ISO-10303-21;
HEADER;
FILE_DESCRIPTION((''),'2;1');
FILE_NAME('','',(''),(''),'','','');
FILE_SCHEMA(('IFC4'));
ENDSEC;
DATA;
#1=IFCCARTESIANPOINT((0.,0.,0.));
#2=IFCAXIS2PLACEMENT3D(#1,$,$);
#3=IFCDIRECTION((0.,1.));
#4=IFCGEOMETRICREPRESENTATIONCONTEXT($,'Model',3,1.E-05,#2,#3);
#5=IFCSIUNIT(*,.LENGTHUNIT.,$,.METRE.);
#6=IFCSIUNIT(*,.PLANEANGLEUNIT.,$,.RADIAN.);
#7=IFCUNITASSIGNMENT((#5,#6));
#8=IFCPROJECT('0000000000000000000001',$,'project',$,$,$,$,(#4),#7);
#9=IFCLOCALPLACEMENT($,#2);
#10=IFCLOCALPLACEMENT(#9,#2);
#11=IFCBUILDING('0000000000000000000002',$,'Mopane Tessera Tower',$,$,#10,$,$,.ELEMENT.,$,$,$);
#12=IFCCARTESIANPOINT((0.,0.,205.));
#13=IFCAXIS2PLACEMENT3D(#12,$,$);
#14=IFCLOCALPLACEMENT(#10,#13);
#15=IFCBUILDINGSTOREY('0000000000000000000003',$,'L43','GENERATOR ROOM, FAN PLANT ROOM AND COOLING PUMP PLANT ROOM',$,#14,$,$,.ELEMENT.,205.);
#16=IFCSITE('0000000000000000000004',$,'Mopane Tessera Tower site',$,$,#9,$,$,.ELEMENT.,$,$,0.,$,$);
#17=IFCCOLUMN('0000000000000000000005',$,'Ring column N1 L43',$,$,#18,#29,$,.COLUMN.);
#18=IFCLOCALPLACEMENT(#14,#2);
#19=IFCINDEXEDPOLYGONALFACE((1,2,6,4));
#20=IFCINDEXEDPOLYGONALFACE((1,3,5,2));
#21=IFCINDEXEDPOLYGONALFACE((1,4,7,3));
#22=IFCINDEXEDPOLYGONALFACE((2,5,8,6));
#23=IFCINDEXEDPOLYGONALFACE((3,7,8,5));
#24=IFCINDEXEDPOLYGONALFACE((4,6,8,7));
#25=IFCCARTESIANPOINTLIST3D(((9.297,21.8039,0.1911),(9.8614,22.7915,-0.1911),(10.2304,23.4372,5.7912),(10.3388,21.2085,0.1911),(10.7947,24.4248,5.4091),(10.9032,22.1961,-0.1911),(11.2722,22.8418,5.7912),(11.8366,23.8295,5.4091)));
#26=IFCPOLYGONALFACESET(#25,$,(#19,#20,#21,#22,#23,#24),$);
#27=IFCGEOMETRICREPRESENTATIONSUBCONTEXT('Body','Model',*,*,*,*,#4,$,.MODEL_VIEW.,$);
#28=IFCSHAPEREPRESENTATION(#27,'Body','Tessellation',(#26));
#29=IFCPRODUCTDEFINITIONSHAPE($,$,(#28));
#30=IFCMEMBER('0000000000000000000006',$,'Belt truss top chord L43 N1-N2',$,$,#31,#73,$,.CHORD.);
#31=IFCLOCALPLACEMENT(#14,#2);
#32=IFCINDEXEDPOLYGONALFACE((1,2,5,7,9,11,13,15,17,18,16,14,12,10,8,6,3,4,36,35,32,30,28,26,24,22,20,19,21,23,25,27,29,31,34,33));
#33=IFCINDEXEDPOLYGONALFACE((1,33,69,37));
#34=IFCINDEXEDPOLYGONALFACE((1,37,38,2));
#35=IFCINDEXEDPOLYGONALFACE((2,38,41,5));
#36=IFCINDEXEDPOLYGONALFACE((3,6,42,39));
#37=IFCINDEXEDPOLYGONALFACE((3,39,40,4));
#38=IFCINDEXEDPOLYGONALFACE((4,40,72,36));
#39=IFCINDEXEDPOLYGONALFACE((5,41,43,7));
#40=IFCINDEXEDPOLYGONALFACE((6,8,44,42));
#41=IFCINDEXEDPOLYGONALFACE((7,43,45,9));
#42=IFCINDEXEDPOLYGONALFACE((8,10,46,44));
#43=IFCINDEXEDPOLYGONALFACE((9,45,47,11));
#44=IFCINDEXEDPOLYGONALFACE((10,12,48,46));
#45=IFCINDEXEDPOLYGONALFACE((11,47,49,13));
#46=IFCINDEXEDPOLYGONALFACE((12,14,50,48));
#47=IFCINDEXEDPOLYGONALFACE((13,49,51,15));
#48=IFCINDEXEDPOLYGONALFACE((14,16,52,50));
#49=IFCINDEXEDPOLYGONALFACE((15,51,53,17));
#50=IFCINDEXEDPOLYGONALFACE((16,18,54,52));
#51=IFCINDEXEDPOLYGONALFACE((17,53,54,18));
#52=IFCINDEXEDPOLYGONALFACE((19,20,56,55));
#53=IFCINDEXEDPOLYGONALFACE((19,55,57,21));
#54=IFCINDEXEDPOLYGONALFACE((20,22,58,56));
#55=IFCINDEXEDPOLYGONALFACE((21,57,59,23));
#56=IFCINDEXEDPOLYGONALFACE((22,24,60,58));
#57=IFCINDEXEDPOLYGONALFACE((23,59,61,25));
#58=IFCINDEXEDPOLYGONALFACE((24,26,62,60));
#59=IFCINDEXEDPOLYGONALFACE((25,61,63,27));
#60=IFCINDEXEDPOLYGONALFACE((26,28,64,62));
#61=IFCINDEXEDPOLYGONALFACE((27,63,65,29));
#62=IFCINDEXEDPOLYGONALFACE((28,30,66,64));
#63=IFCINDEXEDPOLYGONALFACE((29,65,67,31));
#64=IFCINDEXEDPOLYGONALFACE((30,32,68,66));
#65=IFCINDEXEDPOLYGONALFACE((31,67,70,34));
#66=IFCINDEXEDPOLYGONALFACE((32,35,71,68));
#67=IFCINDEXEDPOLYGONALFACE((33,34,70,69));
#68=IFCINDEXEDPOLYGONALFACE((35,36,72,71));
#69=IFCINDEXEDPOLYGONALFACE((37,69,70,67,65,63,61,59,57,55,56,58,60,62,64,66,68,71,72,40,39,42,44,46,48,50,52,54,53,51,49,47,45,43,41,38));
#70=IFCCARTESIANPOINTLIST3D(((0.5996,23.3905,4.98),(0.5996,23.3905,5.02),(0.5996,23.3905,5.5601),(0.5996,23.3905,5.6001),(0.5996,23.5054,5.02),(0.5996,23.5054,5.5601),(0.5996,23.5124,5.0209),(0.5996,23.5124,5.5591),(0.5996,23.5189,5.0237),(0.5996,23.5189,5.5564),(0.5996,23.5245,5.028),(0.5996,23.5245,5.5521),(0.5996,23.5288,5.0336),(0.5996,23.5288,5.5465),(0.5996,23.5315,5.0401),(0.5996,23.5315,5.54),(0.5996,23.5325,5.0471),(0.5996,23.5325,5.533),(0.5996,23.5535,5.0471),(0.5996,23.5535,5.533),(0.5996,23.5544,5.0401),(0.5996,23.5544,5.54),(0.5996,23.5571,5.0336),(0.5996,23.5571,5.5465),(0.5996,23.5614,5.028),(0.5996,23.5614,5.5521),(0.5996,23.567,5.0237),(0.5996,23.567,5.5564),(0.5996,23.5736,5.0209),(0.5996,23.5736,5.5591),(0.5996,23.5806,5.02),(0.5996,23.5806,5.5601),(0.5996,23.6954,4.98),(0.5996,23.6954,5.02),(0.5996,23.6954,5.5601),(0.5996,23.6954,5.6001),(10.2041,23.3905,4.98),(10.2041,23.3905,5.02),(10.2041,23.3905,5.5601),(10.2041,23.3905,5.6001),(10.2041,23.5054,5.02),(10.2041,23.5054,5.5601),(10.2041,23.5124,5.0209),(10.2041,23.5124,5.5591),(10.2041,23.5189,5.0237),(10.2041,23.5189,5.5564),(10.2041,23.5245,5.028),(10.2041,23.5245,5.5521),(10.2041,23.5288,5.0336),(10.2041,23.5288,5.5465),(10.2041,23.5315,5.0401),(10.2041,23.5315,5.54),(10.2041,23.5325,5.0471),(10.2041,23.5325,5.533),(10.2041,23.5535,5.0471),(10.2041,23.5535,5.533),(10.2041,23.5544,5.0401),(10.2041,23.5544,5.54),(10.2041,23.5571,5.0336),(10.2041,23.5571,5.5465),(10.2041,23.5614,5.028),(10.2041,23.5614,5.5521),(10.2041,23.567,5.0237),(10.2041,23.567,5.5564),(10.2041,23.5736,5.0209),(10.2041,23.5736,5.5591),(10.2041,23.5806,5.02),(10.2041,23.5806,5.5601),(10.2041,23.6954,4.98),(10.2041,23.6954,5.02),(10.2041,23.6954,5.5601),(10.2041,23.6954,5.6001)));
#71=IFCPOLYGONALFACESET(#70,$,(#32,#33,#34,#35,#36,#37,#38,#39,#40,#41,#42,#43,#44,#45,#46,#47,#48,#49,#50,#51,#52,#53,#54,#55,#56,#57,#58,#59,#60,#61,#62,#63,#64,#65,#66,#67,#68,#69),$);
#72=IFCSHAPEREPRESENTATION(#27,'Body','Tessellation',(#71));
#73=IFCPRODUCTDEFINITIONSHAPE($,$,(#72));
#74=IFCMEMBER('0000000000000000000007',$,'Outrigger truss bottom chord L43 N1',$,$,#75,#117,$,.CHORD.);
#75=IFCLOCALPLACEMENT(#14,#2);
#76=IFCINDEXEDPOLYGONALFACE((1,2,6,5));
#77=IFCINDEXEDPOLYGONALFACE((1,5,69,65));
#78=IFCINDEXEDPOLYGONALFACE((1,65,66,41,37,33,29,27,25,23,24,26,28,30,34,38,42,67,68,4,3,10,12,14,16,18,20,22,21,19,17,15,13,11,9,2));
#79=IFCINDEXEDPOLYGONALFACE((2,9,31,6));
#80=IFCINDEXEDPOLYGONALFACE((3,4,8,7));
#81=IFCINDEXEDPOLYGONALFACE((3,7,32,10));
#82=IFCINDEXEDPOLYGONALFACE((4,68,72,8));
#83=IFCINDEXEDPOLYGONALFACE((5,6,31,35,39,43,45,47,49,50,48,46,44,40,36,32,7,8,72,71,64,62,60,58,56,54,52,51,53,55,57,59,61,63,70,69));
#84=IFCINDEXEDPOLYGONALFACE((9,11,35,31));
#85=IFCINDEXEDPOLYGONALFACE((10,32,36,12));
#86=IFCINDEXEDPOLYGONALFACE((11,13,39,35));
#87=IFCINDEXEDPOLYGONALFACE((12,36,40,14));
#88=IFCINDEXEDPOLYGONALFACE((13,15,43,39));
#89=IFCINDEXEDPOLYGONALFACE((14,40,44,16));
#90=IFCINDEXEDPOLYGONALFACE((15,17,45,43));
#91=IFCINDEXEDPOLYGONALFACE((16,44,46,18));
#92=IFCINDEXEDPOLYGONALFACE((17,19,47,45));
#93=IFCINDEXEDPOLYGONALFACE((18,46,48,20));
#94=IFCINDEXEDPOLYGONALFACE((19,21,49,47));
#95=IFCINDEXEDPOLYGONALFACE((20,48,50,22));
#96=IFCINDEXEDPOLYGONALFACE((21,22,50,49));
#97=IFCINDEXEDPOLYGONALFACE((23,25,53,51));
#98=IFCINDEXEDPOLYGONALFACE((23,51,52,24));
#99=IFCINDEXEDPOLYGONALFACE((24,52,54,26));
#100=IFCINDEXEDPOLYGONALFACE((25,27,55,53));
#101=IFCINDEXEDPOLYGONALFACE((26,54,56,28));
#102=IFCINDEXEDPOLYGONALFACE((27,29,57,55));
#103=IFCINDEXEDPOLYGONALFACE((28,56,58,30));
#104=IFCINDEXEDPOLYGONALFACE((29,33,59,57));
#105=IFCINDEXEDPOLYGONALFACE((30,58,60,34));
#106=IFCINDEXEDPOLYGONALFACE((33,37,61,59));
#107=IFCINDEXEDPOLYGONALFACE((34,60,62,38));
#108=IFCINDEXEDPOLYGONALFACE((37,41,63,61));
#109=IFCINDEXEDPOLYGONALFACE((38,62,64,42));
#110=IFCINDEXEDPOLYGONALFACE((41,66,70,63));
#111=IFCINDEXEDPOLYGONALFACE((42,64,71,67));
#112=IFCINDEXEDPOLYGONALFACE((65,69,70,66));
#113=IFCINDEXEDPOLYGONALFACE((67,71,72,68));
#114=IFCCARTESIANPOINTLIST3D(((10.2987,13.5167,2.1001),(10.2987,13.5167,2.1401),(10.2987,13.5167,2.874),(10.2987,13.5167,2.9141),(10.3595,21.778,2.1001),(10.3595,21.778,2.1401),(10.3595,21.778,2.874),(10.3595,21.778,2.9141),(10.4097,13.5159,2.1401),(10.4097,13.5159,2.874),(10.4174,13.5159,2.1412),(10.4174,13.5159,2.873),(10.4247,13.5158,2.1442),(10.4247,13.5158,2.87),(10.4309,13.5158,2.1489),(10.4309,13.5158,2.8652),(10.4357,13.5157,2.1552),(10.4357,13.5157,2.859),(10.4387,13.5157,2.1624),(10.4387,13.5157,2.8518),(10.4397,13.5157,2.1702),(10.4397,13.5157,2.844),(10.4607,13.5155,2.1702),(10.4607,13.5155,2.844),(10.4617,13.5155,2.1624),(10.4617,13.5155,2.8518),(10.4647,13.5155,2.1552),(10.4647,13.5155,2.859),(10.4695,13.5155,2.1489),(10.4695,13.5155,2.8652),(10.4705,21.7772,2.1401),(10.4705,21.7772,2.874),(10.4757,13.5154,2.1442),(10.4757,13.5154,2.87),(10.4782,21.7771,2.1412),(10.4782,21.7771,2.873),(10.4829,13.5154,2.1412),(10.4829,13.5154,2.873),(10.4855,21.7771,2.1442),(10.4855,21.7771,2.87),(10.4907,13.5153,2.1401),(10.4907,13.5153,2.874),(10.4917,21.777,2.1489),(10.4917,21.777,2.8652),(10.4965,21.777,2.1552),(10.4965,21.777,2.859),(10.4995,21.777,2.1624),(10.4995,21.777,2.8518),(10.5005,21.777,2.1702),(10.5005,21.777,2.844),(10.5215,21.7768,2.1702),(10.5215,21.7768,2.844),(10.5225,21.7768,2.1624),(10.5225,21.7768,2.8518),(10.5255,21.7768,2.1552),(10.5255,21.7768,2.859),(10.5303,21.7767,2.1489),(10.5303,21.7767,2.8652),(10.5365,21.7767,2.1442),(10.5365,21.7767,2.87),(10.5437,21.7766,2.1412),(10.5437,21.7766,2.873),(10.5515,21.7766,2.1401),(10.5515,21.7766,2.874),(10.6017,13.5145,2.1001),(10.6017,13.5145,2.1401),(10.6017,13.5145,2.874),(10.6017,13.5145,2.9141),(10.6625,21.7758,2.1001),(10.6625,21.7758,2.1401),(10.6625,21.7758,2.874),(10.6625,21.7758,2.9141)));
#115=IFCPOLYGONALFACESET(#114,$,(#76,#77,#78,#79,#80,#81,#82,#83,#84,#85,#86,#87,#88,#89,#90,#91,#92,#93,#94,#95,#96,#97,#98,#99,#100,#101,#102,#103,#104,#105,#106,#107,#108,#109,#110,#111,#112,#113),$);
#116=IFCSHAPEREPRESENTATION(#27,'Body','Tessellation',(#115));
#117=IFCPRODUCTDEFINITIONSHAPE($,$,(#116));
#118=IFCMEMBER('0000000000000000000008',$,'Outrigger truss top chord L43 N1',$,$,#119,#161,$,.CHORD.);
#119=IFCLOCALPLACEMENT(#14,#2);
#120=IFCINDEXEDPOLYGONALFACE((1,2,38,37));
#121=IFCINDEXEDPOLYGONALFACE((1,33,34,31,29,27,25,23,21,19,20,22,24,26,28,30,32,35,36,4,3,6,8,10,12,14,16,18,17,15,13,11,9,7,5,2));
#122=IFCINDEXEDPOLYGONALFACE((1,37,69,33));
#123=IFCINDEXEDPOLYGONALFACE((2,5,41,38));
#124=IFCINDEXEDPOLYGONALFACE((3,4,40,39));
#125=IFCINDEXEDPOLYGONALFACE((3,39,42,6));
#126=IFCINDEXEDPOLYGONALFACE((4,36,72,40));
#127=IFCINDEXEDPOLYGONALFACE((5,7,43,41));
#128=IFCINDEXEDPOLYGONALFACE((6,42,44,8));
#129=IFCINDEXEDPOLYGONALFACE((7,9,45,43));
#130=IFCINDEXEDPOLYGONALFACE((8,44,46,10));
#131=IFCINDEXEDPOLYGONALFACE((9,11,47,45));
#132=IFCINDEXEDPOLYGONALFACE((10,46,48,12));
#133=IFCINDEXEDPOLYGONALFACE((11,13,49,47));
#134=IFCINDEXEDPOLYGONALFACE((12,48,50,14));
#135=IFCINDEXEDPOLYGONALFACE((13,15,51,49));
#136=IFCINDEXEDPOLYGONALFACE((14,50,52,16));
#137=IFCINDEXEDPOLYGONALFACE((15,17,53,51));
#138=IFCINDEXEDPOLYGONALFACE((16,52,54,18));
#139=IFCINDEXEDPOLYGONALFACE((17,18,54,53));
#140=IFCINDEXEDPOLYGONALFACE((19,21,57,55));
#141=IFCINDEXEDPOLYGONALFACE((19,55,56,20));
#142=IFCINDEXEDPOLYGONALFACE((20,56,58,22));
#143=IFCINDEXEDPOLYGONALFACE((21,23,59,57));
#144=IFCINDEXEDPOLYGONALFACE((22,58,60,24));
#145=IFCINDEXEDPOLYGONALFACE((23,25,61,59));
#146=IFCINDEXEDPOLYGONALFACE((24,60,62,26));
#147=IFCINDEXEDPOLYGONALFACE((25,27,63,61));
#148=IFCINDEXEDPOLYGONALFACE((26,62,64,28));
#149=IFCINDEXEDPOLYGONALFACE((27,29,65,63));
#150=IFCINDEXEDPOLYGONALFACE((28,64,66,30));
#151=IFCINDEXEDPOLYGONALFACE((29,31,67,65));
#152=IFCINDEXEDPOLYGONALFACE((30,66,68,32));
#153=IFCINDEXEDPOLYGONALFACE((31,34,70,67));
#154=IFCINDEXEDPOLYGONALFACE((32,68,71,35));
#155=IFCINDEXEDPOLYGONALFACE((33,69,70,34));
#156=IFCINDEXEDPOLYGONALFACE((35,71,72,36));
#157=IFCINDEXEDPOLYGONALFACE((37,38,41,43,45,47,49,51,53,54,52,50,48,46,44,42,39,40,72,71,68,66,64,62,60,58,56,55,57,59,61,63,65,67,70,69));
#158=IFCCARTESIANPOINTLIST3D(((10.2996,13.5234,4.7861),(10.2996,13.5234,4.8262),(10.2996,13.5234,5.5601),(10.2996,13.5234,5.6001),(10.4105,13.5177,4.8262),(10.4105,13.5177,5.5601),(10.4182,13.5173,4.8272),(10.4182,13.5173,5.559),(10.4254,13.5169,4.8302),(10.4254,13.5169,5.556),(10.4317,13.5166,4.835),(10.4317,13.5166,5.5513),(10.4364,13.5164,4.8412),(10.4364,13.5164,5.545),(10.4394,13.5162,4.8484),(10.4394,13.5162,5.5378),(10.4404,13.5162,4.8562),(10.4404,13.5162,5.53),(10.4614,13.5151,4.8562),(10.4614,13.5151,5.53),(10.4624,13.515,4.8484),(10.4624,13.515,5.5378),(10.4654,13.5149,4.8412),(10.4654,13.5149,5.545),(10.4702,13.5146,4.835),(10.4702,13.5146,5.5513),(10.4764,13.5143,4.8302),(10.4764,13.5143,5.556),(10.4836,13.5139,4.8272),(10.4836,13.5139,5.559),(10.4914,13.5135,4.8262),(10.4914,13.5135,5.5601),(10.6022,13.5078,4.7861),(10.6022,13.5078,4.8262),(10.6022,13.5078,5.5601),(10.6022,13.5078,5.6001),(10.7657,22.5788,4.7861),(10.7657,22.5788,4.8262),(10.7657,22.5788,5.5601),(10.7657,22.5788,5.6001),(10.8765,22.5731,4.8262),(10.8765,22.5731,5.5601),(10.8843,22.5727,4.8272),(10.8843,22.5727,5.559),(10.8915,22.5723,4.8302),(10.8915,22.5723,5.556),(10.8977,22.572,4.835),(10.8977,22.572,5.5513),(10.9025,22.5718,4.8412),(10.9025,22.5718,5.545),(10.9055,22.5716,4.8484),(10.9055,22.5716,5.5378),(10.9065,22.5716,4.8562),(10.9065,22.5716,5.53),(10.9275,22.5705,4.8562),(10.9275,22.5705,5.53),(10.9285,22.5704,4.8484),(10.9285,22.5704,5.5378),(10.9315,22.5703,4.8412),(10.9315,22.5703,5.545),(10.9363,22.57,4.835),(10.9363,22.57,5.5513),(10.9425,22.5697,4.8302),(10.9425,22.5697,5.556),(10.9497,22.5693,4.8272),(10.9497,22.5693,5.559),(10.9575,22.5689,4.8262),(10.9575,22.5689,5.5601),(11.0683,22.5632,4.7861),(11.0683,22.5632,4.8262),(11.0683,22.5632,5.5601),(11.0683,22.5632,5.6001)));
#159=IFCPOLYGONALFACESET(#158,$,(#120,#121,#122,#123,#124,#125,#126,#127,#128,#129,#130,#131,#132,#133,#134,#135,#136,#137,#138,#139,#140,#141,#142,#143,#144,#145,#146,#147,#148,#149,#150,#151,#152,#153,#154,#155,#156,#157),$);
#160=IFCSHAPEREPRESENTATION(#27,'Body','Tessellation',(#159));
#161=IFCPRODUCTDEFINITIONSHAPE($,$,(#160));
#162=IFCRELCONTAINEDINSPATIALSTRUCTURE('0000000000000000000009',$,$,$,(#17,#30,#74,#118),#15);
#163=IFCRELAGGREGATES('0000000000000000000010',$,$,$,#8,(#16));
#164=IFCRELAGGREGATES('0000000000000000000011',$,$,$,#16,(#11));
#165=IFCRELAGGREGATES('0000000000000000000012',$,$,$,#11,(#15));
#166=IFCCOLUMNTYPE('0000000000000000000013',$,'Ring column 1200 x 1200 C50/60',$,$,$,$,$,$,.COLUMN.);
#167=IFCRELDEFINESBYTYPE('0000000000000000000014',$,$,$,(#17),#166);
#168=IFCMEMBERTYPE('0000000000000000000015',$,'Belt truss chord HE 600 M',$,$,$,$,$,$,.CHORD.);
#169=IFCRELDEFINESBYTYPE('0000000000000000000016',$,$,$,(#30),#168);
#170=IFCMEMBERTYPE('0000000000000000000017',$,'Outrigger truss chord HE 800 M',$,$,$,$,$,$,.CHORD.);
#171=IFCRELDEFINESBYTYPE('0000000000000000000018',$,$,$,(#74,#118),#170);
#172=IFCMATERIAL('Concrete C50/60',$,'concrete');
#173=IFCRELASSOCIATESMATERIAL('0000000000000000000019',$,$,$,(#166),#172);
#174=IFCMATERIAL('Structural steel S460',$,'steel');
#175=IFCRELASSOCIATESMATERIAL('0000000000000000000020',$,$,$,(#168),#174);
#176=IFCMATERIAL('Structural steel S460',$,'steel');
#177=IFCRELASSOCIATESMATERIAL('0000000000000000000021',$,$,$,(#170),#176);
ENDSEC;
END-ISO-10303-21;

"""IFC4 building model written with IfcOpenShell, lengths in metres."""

from ifc_helpers import new_model, si_unit, direction, frame, origin, origin_2d, place, context, subcontext, project, spatial, rectangle, i_section, extrude, material, material_profile, profile_set, type_object, element, save


model = new_model("IFC4")

# Units and contexts
model_context = context("Model", 3, precision=1e-05, world=origin(), true_north=direction((0.0, 1.0)))
body_context = subcontext(model_context, "Body", "Model", "MODEL_VIEW")
ifc_project = project(units=[si_unit("LENGTHUNIT", "METRE"), si_unit("PLANEANGLEUNIT", "RADIAN")], contexts=[model_context])

# Site, building, storey
site_placement = place(None, origin())
site = spatial("IfcSite", under=ifc_project, at=site_placement, Name="Mopane Tessera Tower site", CompositionType="ELEMENT", RefElevation=0.0)
building_placement = place(site_placement, origin())
building = spatial("IfcBuilding", under=site, at=building_placement, Name="Mopane Tessera Tower", CompositionType="ELEMENT")
storey_placement = place(building_placement, frame((0.0, 0.0, 205.0)))
storey = spatial("IfcBuildingStorey", under=building, at=storey_placement, Name="L43", Description="GENERATOR ROOM, FAN PLANT ROOM AND COOLING PUMP PLANT ROOM", CompositionType="ELEMENT", Elevation=205.0)

# Column
ifc_material_1 = material(Name="Concrete C50/60", Category="concrete")
ifc_material_profile_1 = material_profile(ifc_material_1, rectangle(XDim=1.2, YDim=1.2, at=origin_2d()))
ifc_profile_set_1 = profile_set([ifc_material_profile_1], Name="Concrete C50/60")
column_type = type_object("IfcColumnType", Name="Ring column 1200 x 1200 C50/60", PredefinedType="COLUMN", material=ifc_profile_set_1)
column_placement = place(storey_placement, frame((10.1001, 22.0, 0.0), z_axis=(0.157991, 0.276474, 0.947946), x_axis=(-0.868235, 0.496153, 0.0)))
element("IfcColumn", 1, at=column_placement, inside=storey, type_object=column_type, Name="Ring column N1 L43", PredefinedType="COLUMN", context=body_context, shape_type="SweptSolid", body=[
    extrude(rectangle(XDim=1.2, YDim=1.2, at=origin_2d()), origin(), (0.0, 0.0, 1.0), 5.9077),
])

# Members
ifc_material_2 = material(Name="Structural steel S460", Category="steel")
ifc_material_profile_2 = material_profile(ifc_material_2, i_section(OverallWidth=0.3049, OverallDepth=0.6201, WebThickness=0.021, FlangeThickness=0.04, FilletRadius=0.0271, at=origin_2d()))
ifc_profile_set_2 = profile_set([ifc_material_profile_2], Name="Structural steel S460")
member_type_1 = type_object("IfcMemberType", Name="Belt truss chord HE 600 M", PredefinedType="CHORD", material=ifc_profile_set_2)
member_1_placement = place(storey_placement, frame((10.2041, 23.543, 5.29), z_axis=(-1.0, 0.0, 0.0), x_axis=(0.0, -1.0, 0.0)))
element("IfcMember", 2, at=member_1_placement, inside=storey, type_object=member_type_1, Name="Belt truss top chord L43 N1-N2", PredefinedType="CHORD", context=body_context, shape_type="SweptSolid", body=[
    extrude(i_section(OverallWidth=0.3049, OverallDepth=0.6201, WebThickness=0.021, FlangeThickness=0.04, FilletRadius=0.0271, at=origin_2d()), origin(), (0.0, 0.0, 1.0), 9.6045),
])
ifc_material_3 = material(Name="Structural steel S460", Category="steel")
ifc_material_profile_3 = material_profile(ifc_material_3, i_section(OverallWidth=0.303, OverallDepth=0.814, WebThickness=0.021, FlangeThickness=0.04, FilletRadius=0.03, at=origin_2d()))
ifc_profile_set_3 = profile_set([ifc_material_profile_3], Name="Structural steel S460")
member_type_2 = type_object("IfcMemberType", Name="Outrigger truss chord HE 800 M", PredefinedType="CHORD", material=ifc_profile_set_3)
member_2_placement = place(storey_placement, frame((10.4502, 13.5156, 2.5071), z_axis=(0.007358, 0.999973, 0.0), x_axis=(-0.999973, 0.007358, 0.0)))
element("IfcMember", 3, at=member_2_placement, inside=storey, type_object=member_type_2, Name="Outrigger truss bottom chord L43 N1", PredefinedType="CHORD", context=body_context, shape_type="SweptSolid", body=[
    extrude(i_section(OverallWidth=0.303, OverallDepth=0.814, WebThickness=0.021, FlangeThickness=0.04, FilletRadius=0.03, at=origin_2d()), origin(), (0.0, 0.0, 1.0), 8.2615),
])
member_3_placement = place(storey_placement, frame((10.4509, 13.5156, 5.1931), z_axis=(0.0514, 0.998678, 0.0), x_axis=(-0.998678, 0.0514, 0.0)))
element("IfcMember", 4, at=member_3_placement, inside=storey, type_object=member_type_2, Name="Outrigger truss top chord L43 N1", PredefinedType="CHORD", context=body_context, shape_type="SweptSolid", body=[
    extrude(i_section(OverallWidth=0.303, OverallDepth=0.814, WebThickness=0.021, FlangeThickness=0.04, FilletRadius=0.03, at=origin_2d()), origin(), (0.0, 0.0, 1.0), 9.0674),
])

save(model, "model.ifc")
